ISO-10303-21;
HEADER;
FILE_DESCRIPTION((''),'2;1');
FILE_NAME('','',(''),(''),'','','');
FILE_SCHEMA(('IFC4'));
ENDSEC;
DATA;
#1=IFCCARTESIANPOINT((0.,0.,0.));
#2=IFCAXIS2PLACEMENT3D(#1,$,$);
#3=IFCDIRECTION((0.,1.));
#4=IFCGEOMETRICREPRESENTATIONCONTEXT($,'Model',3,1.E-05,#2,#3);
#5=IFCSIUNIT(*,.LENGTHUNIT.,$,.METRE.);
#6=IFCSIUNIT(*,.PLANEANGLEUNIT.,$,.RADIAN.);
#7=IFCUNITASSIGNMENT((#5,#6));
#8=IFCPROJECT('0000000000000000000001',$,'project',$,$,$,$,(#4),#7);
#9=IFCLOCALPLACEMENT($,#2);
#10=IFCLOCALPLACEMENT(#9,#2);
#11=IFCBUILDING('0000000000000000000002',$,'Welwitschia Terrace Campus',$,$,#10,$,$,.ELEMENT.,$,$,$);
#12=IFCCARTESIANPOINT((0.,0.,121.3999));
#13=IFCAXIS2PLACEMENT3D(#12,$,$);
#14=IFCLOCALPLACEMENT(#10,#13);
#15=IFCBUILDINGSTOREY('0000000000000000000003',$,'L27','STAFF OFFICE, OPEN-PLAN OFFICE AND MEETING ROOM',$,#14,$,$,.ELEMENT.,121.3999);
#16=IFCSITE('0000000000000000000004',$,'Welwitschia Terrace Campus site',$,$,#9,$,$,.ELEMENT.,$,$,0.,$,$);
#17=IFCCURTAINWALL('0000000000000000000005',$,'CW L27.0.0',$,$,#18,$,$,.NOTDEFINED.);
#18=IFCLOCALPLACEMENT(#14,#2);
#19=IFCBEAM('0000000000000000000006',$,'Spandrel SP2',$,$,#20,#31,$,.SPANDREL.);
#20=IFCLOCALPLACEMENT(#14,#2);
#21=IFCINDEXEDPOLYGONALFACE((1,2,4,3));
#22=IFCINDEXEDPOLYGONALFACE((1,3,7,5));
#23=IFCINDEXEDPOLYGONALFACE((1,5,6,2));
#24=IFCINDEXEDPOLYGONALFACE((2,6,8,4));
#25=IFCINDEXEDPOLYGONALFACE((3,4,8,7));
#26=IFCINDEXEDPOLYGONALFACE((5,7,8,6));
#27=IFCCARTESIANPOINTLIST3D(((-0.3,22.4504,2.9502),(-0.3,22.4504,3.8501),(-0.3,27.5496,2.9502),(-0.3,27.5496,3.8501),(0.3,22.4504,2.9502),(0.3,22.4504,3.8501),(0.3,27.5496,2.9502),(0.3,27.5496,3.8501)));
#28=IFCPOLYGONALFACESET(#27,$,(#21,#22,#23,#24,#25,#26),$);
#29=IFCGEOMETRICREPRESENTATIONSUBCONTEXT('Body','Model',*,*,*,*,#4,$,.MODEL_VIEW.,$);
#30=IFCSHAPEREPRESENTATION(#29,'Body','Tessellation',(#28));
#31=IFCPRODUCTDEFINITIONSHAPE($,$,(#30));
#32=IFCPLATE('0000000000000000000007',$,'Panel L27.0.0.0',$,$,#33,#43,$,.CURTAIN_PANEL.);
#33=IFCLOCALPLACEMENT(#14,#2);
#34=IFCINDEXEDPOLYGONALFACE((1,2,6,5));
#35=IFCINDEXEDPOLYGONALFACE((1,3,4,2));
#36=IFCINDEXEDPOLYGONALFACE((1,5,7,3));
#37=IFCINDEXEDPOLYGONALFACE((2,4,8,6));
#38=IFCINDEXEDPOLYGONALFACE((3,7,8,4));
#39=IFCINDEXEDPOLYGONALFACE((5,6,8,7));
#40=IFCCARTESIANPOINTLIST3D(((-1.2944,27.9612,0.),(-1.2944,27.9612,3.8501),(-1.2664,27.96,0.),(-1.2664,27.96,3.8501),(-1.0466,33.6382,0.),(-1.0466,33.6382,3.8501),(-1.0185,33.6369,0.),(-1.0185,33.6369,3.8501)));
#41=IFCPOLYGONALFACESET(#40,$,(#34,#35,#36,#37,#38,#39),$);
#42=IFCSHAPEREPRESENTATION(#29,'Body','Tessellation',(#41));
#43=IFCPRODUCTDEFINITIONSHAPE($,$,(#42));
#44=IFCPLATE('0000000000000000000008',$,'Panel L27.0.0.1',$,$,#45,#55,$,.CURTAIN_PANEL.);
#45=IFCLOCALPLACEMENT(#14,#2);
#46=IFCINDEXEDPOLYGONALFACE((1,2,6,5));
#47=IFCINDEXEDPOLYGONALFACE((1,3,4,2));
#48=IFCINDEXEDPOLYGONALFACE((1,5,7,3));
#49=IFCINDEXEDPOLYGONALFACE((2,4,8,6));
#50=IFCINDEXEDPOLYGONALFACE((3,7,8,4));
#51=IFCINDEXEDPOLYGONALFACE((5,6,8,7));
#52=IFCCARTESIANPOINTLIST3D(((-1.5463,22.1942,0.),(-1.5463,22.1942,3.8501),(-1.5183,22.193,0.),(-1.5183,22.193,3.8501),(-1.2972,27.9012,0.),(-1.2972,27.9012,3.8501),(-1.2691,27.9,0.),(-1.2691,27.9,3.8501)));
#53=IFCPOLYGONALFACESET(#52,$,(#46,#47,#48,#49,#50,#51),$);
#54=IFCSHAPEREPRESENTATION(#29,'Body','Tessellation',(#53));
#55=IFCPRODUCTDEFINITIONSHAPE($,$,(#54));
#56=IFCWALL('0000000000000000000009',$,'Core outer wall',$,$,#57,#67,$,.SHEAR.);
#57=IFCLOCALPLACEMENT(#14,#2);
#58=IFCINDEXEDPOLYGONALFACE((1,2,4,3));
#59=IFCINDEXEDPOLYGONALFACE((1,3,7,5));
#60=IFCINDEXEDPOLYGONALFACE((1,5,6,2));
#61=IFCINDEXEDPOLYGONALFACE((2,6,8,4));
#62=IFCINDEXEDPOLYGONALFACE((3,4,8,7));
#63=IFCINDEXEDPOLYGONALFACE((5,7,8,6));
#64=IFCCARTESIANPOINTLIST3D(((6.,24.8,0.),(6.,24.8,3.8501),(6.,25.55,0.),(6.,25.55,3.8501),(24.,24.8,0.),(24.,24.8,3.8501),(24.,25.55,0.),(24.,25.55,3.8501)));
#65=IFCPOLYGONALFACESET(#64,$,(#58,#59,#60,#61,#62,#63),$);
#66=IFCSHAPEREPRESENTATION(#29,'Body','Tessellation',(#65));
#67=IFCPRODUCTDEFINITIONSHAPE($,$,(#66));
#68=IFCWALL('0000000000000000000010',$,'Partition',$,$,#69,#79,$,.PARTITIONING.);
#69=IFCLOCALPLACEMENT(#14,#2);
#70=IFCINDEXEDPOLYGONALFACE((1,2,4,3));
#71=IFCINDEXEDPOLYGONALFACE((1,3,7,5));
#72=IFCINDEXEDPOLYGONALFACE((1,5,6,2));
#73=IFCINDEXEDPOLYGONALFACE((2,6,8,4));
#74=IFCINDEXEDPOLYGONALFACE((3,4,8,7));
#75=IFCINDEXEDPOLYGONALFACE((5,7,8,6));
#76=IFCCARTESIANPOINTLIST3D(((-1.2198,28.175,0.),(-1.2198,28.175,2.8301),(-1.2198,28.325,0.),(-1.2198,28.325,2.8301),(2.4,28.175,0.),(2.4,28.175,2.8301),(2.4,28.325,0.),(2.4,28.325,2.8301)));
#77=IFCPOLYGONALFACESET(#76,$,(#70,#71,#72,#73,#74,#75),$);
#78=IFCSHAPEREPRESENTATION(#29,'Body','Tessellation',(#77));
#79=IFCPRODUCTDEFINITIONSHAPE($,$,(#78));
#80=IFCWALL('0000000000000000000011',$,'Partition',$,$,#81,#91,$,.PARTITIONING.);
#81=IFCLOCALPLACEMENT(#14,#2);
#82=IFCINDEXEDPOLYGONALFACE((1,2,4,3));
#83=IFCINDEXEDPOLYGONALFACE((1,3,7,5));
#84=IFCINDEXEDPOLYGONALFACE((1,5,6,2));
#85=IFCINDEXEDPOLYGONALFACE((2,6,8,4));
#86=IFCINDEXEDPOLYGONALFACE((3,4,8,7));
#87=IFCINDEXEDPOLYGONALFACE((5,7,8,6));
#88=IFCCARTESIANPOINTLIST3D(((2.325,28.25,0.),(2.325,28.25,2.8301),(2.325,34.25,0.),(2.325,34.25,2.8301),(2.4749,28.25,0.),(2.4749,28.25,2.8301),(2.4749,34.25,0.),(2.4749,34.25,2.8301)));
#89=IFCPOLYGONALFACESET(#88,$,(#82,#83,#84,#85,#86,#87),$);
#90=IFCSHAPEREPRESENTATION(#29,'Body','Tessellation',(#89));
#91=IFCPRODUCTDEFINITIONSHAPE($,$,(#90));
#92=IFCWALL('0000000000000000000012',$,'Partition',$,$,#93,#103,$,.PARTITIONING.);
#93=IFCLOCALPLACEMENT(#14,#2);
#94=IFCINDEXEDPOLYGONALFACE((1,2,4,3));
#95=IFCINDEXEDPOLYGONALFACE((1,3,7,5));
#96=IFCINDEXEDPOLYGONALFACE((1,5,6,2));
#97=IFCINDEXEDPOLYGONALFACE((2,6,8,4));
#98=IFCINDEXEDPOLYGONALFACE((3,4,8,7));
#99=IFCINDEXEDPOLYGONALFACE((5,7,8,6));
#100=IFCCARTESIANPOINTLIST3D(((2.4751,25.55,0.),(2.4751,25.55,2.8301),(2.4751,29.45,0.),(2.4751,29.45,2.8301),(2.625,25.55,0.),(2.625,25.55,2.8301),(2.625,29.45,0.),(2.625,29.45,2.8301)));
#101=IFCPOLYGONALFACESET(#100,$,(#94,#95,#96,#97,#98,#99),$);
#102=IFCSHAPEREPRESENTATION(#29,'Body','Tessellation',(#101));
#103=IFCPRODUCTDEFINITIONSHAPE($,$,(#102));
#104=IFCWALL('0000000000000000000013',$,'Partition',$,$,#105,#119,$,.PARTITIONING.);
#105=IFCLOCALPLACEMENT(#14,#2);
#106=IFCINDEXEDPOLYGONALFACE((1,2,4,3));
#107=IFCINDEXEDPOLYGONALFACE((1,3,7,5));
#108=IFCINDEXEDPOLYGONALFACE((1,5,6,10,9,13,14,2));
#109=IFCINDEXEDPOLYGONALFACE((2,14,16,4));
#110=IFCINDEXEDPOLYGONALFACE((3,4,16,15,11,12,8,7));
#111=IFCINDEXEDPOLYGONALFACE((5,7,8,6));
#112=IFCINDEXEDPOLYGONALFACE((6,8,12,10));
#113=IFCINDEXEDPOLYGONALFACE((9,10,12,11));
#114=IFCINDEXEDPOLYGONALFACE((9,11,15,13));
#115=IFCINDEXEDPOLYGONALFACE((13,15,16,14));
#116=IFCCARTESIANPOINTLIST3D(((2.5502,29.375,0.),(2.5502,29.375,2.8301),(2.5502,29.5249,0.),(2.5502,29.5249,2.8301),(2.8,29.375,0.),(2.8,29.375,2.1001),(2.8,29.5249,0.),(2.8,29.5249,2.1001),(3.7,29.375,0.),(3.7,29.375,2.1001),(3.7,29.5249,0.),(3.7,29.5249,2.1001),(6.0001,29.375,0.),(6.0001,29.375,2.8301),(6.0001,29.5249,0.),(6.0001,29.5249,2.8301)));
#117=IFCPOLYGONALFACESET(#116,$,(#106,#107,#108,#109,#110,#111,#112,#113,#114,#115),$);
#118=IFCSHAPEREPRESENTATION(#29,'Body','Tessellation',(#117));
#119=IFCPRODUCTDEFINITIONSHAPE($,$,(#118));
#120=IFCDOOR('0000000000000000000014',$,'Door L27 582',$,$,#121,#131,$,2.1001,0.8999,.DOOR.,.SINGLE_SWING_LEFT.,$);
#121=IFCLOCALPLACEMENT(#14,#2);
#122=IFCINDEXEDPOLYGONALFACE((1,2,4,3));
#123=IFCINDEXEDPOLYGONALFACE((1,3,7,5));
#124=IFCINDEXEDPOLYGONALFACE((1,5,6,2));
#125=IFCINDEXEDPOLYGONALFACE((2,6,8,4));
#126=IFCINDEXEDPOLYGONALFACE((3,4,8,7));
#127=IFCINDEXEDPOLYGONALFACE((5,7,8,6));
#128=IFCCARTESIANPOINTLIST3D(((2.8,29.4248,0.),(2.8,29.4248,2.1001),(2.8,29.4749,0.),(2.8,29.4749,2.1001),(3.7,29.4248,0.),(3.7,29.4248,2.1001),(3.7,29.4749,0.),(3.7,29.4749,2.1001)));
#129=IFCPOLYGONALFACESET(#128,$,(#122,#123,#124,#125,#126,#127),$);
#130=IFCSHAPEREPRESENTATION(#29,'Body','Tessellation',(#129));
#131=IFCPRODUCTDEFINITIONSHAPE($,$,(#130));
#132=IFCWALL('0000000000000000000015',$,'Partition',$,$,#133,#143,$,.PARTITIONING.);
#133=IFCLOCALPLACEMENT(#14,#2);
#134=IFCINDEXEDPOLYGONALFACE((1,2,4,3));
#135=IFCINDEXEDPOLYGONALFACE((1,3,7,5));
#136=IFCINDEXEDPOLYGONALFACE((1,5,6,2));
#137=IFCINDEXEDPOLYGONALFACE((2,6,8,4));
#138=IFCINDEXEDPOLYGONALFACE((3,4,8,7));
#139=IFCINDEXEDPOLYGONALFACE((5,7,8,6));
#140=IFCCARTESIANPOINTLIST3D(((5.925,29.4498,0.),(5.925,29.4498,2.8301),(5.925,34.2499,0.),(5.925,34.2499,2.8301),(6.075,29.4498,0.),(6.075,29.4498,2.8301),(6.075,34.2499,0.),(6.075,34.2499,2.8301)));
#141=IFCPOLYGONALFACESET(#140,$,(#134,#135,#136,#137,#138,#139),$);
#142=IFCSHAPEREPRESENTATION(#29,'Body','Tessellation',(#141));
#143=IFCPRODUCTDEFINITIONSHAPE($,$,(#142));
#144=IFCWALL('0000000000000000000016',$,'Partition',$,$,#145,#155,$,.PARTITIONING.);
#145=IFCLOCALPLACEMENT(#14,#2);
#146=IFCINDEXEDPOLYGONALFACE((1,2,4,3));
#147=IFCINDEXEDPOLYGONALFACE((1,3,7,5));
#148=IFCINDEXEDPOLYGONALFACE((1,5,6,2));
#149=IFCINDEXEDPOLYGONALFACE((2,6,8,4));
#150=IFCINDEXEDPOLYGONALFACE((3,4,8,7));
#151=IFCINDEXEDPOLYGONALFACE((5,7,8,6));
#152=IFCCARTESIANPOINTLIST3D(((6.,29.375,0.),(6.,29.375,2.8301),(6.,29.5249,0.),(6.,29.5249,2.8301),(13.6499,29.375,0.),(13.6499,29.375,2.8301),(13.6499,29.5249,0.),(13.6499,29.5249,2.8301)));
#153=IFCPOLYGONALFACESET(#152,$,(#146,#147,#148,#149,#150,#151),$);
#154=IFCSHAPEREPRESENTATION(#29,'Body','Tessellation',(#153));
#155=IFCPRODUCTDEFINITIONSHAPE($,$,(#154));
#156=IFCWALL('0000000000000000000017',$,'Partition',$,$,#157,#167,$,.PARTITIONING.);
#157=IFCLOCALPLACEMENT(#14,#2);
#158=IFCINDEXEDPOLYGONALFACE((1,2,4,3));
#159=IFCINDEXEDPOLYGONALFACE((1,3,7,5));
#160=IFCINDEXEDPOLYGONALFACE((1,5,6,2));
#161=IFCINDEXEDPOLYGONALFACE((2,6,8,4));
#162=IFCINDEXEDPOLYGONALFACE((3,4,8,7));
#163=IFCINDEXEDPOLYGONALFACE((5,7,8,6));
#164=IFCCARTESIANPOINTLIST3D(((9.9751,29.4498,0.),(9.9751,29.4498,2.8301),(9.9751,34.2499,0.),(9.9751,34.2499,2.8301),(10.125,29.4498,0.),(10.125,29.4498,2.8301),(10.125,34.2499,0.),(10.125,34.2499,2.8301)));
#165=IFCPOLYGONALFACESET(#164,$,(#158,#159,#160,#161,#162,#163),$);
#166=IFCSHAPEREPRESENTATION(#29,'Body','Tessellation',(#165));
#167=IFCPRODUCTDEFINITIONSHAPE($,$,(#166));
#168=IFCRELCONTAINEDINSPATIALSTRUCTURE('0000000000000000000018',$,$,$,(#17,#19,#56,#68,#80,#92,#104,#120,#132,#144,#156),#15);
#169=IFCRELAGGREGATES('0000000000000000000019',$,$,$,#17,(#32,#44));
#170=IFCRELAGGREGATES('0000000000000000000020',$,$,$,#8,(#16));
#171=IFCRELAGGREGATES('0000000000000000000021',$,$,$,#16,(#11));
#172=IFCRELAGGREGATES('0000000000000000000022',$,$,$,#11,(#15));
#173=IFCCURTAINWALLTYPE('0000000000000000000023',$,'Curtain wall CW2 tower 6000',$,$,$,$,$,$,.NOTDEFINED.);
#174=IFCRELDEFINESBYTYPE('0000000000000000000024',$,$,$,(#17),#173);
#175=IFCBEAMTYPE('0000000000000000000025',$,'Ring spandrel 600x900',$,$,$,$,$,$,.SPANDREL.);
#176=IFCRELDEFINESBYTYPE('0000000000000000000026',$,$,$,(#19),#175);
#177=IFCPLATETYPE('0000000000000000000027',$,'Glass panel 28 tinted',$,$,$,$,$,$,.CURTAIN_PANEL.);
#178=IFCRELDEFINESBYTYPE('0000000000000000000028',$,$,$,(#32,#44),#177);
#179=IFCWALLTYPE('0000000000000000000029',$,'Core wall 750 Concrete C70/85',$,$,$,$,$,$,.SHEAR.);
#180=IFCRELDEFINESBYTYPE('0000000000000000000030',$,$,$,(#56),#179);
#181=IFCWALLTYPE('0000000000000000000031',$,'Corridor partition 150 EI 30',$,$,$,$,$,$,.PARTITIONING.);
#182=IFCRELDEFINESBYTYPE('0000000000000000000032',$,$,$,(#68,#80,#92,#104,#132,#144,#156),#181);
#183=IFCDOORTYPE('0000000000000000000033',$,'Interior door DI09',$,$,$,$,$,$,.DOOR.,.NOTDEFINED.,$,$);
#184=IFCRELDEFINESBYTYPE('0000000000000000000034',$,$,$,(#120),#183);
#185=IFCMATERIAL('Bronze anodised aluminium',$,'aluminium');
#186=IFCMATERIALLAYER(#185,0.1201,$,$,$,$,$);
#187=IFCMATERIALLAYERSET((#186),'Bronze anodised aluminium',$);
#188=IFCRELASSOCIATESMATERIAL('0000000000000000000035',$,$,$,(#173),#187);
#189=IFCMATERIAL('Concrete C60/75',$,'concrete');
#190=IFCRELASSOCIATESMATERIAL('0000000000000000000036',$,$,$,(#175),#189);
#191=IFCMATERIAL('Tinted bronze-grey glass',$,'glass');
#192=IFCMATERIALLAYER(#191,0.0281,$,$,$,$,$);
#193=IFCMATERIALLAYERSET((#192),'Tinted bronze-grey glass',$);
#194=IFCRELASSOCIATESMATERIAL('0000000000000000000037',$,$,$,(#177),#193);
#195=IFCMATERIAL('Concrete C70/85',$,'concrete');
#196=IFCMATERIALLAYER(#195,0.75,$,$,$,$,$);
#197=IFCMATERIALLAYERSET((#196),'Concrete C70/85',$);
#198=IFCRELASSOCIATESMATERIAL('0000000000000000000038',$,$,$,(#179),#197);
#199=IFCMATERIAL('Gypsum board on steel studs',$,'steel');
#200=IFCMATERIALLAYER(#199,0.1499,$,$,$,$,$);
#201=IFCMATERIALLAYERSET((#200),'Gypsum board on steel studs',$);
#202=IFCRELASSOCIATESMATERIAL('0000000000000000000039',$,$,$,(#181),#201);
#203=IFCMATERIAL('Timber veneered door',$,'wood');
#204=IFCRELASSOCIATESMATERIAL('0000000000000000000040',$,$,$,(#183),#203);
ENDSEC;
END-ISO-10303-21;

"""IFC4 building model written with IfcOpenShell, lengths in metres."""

from ifc_helpers import new_model, si_unit, direction, frame, frame_2d, origin, origin_2d, place, context, subcontext, project, spatial, rectangle, extrude, material, layer, layer_set, material_profile, profile_set, type_object, element, fill, aggregate, save


model = new_model("IFC4")

# Units and contexts
model_context = context("Model", 3, precision=1e-05, world=origin(), true_north=direction((0.0, 1.0)))
body_context = subcontext(model_context, "Body", "Model", "MODEL_VIEW")
ifc_project = project(units=[si_unit("LENGTHUNIT", "METRE"), si_unit("PLANEANGLEUNIT", "RADIAN")], contexts=[model_context])

# Site, building, storey
site_placement = place(None, origin())
site = spatial("IfcSite", under=ifc_project, at=site_placement, Name="Welwitschia Terrace Campus site", CompositionType="ELEMENT", RefElevation=0.0)
building_placement = place(site_placement, origin())
building = spatial("IfcBuilding", under=site, at=building_placement, Name="Welwitschia Terrace Campus", CompositionType="ELEMENT")
storey_placement = place(building_placement, frame((0.0, 0.0, 121.3999)))
storey = spatial("IfcBuildingStorey", under=building, at=storey_placement, Name="L27", Description="STAFF OFFICE, OPEN-PLAN OFFICE AND MEETING ROOM", CompositionType="ELEMENT", Elevation=121.3999)

# Curtain wall
ifc_material_1 = material(Name="Bronze anodised aluminium", Category="aluminium")
ifc_layer_1 = layer(ifc_material_1, 0.1201)
ifc_layer_set_1 = layer_set([ifc_layer_1], Name="Bronze anodised aluminium")
curtain_wall_type = type_object("IfcCurtainWallType", Name="Curtain wall CW2 tower 6000", PredefinedType="NOTDEFINED", material=ifc_layer_set_1)
curtain_wall_placement = place(storey_placement, origin())
curtain_wall = element("IfcCurtainWall", 1, at=curtain_wall_placement, inside=storey, type_object=curtain_wall_type, Name="CW L27.0.0", PredefinedType="NOTDEFINED")

# Beam
ifc_material_2 = material(Name="Concrete C60/75", Category="concrete")
ifc_material_profile_1 = material_profile(ifc_material_2, rectangle(XDim=0.6001, YDim=0.8999, at=origin_2d()))
ifc_profile_set_1 = profile_set([ifc_material_profile_1], Name="Concrete C60/75")
beam_type_1 = type_object("IfcBeamType", Name="Ring spandrel 600x900", PredefinedType="SPANDREL", material=ifc_profile_set_1)
beam_1_placement = place(storey_placement, frame((0.0, 27.5496, 3.4001), z_axis=(0.0, -1.0, 0.0), x_axis=(1.0, 0.0, 0.0)))
element("IfcBeam", 2, at=beam_1_placement, inside=storey, type_object=beam_type_1, Name="Spandrel SP2", PredefinedType="SPANDREL", context=body_context, shape_type="SweptSolid", body=[
    extrude(rectangle(XDim=0.6001, YDim=0.8999, at=origin_2d()), origin(), (0.0, 0.0, 1.0), 5.0991),
])

# Plates
ifc_material_3 = material(Name="Tinted bronze-grey glass", Category="glass")
ifc_layer_2 = layer(ifc_material_3, 0.0281)
ifc_layer_set_2 = layer_set([ifc_layer_2], Name="Tinted bronze-grey glass")
plate_type = type_object("IfcPlateType", Name="Glass panel 28 tinted", PredefinedType="CURTAIN_PANEL", material=ifc_layer_set_2)
plate_1_placement = place(storey_placement, frame((-1.1565, 30.7991, 0.0), z_axis=(0.0, 0.0, 1.0), x_axis=(-0.043619, -0.999048, 0.0)))
plate_1 = element("IfcPlate", 3, at=plate_1_placement, type_object=plate_type, Name="Panel L27.0.0.0", PredefinedType="CURTAIN_PANEL", context=body_context, shape_type="SweptSolid", body=[
    extrude(rectangle(XDim=5.6824, YDim=0.0281, at=origin_2d()), origin(), (0.0, 0.0, 1.0), 3.8501),
])
plate_2_placement = place(storey_placement, frame((-1.4077, 25.0471, 0.0), z_axis=(0.0, 0.0, 1.0), x_axis=(-0.043619, -0.999048, 0.0)))
plate_2 = element("IfcPlate", 4, at=plate_2_placement, type_object=plate_type, Name="Panel L27.0.0.1", PredefinedType="CURTAIN_PANEL", context=body_context, shape_type="SweptSolid", body=[
    extrude(rectangle(XDim=5.7124, YDim=0.0281, at=origin_2d()), origin(), (0.0, 0.0, 1.0), 3.8501),
])
aggregate(curtain_wall, [plate_1, plate_2])

# Walls
ifc_material_4 = material(Name="Concrete C70/85", Category="concrete")
ifc_layer_3 = layer(ifc_material_4, 0.75)
ifc_layer_set_3 = layer_set([ifc_layer_3], Name="Concrete C70/85")
wall_type_1 = type_object("IfcWallType", Name="Core wall 750 Concrete C70/85", PredefinedType="SHEAR", material=ifc_layer_set_3)
wall_1_placement = place(storey_placement, frame((6.0, 25.175, 0.0), z_axis=(0.0, 0.0, 1.0), x_axis=(1.0, 0.0, 0.0)))
element("IfcWall", 5, at=wall_1_placement, inside=storey, type_object=wall_type_1, Name="Core outer wall", PredefinedType="SHEAR", context=body_context, shape_type="SweptSolid", body=[
    extrude(rectangle(XDim=18.0, YDim=0.75, at=frame_2d((9.0, 0.0))), origin(), (0.0, 0.0, 1.0), 3.8501),
])
ifc_material_5 = material(Name="Gypsum board on steel studs", Category="steel")
ifc_layer_4 = layer(ifc_material_5, 0.1499)
ifc_layer_set_4 = layer_set([ifc_layer_4], Name="Gypsum board on steel studs")
wall_type_2 = type_object("IfcWallType", Name="Corridor partition 150 EI 30", PredefinedType="PARTITIONING", material=ifc_layer_set_4)
wall_2_placement = place(storey_placement, frame((-1.22, 28.25, 0.0), z_axis=(0.0, 0.0, 1.0), x_axis=(1.0, 0.0, 0.0)))
element("IfcWall", 6, at=wall_2_placement, inside=storey, type_object=wall_type_2, Name="Partition", PredefinedType="PARTITIONING", context=body_context, shape_type="SweptSolid", body=[
    extrude(rectangle(XDim=3.6199, YDim=0.1499, at=frame_2d((1.8101, 0.0))), origin(), (0.0, 0.0, 1.0), 2.8301),
])
wall_3_placement = place(storey_placement, frame((2.3999, 28.25, 0.0), z_axis=(0.0, 0.0, 1.0), x_axis=(0.0, 1.0, 0.0)))
element("IfcWall", 7, at=wall_3_placement, inside=storey, type_object=wall_type_2, Name="Partition", PredefinedType="PARTITIONING", context=body_context, shape_type="SweptSolid", body=[
    extrude(rectangle(XDim=6.0, YDim=0.1499, at=frame_2d((3.0, 0.0))), origin(), (0.0, 0.0, 1.0), 2.8301),
])
wall_4_placement = place(storey_placement, frame((2.55, 25.55, 0.0), z_axis=(0.0, 0.0, 1.0), x_axis=(0.0, 1.0, 0.0)))
element("IfcWall", 8, at=wall_4_placement, inside=storey, type_object=wall_type_2, Name="Partition", PredefinedType="PARTITIONING", context=body_context, shape_type="SweptSolid", body=[
    extrude(rectangle(XDim=3.8999, YDim=0.1499, at=frame_2d((1.95, 0.0))), origin(), (0.0, 0.0, 1.0), 2.8301),
])

# Wall, opening, door
wall_5_placement = place(storey_placement, frame((2.55, 29.45, 0.0), z_axis=(0.0, 0.0, 1.0), x_axis=(1.0, 0.0, 0.0)))
wall_5 = element("IfcWall", 9, at=wall_5_placement, inside=storey, type_object=wall_type_2, Name="Partition", PredefinedType="PARTITIONING", context=body_context, shape_type="SweptSolid", body=[
    extrude(rectangle(XDim=3.45, YDim=0.1499, at=frame_2d((1.7251, 0.0))), origin(), (0.0, 0.0, 1.0), 2.8301),
])
opening_1_placement = place(wall_5_placement, frame((0.25, 0.0, 0.0)))
opening_1 = element("IfcOpeningElement", 10, at=opening_1_placement, cuts=wall_5, PredefinedType="OPENING", context=body_context, shape_type="SweptSolid", body=[
    extrude(rectangle(XDim=0.8999, YDim=2.1001, at=frame_2d((0.45, 1.05))), frame((0.0, 0.085, 0.0), z_axis=(0.0, -1.0, 0.0), x_axis=(1.0, 0.0, 0.0)), (0.0, 0.0, 1.0), 0.1699),
])
ifc_material_6 = material(Name="Timber veneered door", Category="wood")
door_type = type_object("IfcDoorType", Name="Interior door DI09", OperationType="NOTDEFINED", PredefinedType="DOOR", material=ifc_material_6)
door_1_placement = place(opening_1_placement, origin())
door_1 = element("IfcDoor", 11, at=door_1_placement, inside=storey, type_object=door_type, Name="Door L27 582", OperationType="SINGLE_SWING_LEFT", OverallHeight=2.1001, OverallWidth=0.8999, PredefinedType="DOOR", context=body_context, shape_type="SweptSolid", body=[
    extrude(rectangle(XDim=0.8999, YDim=2.1001, at=frame_2d((0.45, 1.05))), frame((0.0, 0.0249, 0.0), z_axis=(0.0, -1.0, 0.0), x_axis=(1.0, 0.0, 0.0)), (0.0, 0.0, 1.0), 0.05),
])
fill(opening_1, door_1)

# Walls
wall_6_placement = place(storey_placement, frame((6.0, 29.45, 0.0), z_axis=(0.0, 0.0, 1.0), x_axis=(0.0, 1.0, 0.0)))
element("IfcWall", 12, at=wall_6_placement, inside=storey, type_object=wall_type_2, Name="Partition", PredefinedType="PARTITIONING", context=body_context, shape_type="SweptSolid", body=[
    extrude(rectangle(XDim=4.8, YDim=0.1499, at=frame_2d((2.3999, 0.0))), origin(), (0.0, 0.0, 1.0), 2.8301),
])
wall_7_placement = place(storey_placement, frame((6.0, 29.45, 0.0), z_axis=(0.0, 0.0, 1.0), x_axis=(1.0, 0.0, 0.0)))
element("IfcWall", 13, at=wall_7_placement, inside=storey, type_object=wall_type_2, Name="Partition", PredefinedType="PARTITIONING", context=body_context, shape_type="SweptSolid", body=[
    extrude(rectangle(XDim=7.6499, YDim=0.1499, at=frame_2d((3.825, 0.0))), origin(), (0.0, 0.0, 1.0), 2.8301),
])
wall_8_placement = place(storey_placement, frame((10.05, 29.45, 0.0), z_axis=(0.0, 0.0, 1.0), x_axis=(0.0, 1.0, 0.0)))
element("IfcWall", 14, at=wall_8_placement, inside=storey, type_object=wall_type_2, Name="Partition", PredefinedType="PARTITIONING", context=body_context, shape_type="SweptSolid", body=[
    extrude(rectangle(XDim=4.8, YDim=0.1499, at=frame_2d((2.3999, 0.0))), origin(), (0.0, 0.0, 1.0), 2.8301),
])

save(model, "model.ifc")
